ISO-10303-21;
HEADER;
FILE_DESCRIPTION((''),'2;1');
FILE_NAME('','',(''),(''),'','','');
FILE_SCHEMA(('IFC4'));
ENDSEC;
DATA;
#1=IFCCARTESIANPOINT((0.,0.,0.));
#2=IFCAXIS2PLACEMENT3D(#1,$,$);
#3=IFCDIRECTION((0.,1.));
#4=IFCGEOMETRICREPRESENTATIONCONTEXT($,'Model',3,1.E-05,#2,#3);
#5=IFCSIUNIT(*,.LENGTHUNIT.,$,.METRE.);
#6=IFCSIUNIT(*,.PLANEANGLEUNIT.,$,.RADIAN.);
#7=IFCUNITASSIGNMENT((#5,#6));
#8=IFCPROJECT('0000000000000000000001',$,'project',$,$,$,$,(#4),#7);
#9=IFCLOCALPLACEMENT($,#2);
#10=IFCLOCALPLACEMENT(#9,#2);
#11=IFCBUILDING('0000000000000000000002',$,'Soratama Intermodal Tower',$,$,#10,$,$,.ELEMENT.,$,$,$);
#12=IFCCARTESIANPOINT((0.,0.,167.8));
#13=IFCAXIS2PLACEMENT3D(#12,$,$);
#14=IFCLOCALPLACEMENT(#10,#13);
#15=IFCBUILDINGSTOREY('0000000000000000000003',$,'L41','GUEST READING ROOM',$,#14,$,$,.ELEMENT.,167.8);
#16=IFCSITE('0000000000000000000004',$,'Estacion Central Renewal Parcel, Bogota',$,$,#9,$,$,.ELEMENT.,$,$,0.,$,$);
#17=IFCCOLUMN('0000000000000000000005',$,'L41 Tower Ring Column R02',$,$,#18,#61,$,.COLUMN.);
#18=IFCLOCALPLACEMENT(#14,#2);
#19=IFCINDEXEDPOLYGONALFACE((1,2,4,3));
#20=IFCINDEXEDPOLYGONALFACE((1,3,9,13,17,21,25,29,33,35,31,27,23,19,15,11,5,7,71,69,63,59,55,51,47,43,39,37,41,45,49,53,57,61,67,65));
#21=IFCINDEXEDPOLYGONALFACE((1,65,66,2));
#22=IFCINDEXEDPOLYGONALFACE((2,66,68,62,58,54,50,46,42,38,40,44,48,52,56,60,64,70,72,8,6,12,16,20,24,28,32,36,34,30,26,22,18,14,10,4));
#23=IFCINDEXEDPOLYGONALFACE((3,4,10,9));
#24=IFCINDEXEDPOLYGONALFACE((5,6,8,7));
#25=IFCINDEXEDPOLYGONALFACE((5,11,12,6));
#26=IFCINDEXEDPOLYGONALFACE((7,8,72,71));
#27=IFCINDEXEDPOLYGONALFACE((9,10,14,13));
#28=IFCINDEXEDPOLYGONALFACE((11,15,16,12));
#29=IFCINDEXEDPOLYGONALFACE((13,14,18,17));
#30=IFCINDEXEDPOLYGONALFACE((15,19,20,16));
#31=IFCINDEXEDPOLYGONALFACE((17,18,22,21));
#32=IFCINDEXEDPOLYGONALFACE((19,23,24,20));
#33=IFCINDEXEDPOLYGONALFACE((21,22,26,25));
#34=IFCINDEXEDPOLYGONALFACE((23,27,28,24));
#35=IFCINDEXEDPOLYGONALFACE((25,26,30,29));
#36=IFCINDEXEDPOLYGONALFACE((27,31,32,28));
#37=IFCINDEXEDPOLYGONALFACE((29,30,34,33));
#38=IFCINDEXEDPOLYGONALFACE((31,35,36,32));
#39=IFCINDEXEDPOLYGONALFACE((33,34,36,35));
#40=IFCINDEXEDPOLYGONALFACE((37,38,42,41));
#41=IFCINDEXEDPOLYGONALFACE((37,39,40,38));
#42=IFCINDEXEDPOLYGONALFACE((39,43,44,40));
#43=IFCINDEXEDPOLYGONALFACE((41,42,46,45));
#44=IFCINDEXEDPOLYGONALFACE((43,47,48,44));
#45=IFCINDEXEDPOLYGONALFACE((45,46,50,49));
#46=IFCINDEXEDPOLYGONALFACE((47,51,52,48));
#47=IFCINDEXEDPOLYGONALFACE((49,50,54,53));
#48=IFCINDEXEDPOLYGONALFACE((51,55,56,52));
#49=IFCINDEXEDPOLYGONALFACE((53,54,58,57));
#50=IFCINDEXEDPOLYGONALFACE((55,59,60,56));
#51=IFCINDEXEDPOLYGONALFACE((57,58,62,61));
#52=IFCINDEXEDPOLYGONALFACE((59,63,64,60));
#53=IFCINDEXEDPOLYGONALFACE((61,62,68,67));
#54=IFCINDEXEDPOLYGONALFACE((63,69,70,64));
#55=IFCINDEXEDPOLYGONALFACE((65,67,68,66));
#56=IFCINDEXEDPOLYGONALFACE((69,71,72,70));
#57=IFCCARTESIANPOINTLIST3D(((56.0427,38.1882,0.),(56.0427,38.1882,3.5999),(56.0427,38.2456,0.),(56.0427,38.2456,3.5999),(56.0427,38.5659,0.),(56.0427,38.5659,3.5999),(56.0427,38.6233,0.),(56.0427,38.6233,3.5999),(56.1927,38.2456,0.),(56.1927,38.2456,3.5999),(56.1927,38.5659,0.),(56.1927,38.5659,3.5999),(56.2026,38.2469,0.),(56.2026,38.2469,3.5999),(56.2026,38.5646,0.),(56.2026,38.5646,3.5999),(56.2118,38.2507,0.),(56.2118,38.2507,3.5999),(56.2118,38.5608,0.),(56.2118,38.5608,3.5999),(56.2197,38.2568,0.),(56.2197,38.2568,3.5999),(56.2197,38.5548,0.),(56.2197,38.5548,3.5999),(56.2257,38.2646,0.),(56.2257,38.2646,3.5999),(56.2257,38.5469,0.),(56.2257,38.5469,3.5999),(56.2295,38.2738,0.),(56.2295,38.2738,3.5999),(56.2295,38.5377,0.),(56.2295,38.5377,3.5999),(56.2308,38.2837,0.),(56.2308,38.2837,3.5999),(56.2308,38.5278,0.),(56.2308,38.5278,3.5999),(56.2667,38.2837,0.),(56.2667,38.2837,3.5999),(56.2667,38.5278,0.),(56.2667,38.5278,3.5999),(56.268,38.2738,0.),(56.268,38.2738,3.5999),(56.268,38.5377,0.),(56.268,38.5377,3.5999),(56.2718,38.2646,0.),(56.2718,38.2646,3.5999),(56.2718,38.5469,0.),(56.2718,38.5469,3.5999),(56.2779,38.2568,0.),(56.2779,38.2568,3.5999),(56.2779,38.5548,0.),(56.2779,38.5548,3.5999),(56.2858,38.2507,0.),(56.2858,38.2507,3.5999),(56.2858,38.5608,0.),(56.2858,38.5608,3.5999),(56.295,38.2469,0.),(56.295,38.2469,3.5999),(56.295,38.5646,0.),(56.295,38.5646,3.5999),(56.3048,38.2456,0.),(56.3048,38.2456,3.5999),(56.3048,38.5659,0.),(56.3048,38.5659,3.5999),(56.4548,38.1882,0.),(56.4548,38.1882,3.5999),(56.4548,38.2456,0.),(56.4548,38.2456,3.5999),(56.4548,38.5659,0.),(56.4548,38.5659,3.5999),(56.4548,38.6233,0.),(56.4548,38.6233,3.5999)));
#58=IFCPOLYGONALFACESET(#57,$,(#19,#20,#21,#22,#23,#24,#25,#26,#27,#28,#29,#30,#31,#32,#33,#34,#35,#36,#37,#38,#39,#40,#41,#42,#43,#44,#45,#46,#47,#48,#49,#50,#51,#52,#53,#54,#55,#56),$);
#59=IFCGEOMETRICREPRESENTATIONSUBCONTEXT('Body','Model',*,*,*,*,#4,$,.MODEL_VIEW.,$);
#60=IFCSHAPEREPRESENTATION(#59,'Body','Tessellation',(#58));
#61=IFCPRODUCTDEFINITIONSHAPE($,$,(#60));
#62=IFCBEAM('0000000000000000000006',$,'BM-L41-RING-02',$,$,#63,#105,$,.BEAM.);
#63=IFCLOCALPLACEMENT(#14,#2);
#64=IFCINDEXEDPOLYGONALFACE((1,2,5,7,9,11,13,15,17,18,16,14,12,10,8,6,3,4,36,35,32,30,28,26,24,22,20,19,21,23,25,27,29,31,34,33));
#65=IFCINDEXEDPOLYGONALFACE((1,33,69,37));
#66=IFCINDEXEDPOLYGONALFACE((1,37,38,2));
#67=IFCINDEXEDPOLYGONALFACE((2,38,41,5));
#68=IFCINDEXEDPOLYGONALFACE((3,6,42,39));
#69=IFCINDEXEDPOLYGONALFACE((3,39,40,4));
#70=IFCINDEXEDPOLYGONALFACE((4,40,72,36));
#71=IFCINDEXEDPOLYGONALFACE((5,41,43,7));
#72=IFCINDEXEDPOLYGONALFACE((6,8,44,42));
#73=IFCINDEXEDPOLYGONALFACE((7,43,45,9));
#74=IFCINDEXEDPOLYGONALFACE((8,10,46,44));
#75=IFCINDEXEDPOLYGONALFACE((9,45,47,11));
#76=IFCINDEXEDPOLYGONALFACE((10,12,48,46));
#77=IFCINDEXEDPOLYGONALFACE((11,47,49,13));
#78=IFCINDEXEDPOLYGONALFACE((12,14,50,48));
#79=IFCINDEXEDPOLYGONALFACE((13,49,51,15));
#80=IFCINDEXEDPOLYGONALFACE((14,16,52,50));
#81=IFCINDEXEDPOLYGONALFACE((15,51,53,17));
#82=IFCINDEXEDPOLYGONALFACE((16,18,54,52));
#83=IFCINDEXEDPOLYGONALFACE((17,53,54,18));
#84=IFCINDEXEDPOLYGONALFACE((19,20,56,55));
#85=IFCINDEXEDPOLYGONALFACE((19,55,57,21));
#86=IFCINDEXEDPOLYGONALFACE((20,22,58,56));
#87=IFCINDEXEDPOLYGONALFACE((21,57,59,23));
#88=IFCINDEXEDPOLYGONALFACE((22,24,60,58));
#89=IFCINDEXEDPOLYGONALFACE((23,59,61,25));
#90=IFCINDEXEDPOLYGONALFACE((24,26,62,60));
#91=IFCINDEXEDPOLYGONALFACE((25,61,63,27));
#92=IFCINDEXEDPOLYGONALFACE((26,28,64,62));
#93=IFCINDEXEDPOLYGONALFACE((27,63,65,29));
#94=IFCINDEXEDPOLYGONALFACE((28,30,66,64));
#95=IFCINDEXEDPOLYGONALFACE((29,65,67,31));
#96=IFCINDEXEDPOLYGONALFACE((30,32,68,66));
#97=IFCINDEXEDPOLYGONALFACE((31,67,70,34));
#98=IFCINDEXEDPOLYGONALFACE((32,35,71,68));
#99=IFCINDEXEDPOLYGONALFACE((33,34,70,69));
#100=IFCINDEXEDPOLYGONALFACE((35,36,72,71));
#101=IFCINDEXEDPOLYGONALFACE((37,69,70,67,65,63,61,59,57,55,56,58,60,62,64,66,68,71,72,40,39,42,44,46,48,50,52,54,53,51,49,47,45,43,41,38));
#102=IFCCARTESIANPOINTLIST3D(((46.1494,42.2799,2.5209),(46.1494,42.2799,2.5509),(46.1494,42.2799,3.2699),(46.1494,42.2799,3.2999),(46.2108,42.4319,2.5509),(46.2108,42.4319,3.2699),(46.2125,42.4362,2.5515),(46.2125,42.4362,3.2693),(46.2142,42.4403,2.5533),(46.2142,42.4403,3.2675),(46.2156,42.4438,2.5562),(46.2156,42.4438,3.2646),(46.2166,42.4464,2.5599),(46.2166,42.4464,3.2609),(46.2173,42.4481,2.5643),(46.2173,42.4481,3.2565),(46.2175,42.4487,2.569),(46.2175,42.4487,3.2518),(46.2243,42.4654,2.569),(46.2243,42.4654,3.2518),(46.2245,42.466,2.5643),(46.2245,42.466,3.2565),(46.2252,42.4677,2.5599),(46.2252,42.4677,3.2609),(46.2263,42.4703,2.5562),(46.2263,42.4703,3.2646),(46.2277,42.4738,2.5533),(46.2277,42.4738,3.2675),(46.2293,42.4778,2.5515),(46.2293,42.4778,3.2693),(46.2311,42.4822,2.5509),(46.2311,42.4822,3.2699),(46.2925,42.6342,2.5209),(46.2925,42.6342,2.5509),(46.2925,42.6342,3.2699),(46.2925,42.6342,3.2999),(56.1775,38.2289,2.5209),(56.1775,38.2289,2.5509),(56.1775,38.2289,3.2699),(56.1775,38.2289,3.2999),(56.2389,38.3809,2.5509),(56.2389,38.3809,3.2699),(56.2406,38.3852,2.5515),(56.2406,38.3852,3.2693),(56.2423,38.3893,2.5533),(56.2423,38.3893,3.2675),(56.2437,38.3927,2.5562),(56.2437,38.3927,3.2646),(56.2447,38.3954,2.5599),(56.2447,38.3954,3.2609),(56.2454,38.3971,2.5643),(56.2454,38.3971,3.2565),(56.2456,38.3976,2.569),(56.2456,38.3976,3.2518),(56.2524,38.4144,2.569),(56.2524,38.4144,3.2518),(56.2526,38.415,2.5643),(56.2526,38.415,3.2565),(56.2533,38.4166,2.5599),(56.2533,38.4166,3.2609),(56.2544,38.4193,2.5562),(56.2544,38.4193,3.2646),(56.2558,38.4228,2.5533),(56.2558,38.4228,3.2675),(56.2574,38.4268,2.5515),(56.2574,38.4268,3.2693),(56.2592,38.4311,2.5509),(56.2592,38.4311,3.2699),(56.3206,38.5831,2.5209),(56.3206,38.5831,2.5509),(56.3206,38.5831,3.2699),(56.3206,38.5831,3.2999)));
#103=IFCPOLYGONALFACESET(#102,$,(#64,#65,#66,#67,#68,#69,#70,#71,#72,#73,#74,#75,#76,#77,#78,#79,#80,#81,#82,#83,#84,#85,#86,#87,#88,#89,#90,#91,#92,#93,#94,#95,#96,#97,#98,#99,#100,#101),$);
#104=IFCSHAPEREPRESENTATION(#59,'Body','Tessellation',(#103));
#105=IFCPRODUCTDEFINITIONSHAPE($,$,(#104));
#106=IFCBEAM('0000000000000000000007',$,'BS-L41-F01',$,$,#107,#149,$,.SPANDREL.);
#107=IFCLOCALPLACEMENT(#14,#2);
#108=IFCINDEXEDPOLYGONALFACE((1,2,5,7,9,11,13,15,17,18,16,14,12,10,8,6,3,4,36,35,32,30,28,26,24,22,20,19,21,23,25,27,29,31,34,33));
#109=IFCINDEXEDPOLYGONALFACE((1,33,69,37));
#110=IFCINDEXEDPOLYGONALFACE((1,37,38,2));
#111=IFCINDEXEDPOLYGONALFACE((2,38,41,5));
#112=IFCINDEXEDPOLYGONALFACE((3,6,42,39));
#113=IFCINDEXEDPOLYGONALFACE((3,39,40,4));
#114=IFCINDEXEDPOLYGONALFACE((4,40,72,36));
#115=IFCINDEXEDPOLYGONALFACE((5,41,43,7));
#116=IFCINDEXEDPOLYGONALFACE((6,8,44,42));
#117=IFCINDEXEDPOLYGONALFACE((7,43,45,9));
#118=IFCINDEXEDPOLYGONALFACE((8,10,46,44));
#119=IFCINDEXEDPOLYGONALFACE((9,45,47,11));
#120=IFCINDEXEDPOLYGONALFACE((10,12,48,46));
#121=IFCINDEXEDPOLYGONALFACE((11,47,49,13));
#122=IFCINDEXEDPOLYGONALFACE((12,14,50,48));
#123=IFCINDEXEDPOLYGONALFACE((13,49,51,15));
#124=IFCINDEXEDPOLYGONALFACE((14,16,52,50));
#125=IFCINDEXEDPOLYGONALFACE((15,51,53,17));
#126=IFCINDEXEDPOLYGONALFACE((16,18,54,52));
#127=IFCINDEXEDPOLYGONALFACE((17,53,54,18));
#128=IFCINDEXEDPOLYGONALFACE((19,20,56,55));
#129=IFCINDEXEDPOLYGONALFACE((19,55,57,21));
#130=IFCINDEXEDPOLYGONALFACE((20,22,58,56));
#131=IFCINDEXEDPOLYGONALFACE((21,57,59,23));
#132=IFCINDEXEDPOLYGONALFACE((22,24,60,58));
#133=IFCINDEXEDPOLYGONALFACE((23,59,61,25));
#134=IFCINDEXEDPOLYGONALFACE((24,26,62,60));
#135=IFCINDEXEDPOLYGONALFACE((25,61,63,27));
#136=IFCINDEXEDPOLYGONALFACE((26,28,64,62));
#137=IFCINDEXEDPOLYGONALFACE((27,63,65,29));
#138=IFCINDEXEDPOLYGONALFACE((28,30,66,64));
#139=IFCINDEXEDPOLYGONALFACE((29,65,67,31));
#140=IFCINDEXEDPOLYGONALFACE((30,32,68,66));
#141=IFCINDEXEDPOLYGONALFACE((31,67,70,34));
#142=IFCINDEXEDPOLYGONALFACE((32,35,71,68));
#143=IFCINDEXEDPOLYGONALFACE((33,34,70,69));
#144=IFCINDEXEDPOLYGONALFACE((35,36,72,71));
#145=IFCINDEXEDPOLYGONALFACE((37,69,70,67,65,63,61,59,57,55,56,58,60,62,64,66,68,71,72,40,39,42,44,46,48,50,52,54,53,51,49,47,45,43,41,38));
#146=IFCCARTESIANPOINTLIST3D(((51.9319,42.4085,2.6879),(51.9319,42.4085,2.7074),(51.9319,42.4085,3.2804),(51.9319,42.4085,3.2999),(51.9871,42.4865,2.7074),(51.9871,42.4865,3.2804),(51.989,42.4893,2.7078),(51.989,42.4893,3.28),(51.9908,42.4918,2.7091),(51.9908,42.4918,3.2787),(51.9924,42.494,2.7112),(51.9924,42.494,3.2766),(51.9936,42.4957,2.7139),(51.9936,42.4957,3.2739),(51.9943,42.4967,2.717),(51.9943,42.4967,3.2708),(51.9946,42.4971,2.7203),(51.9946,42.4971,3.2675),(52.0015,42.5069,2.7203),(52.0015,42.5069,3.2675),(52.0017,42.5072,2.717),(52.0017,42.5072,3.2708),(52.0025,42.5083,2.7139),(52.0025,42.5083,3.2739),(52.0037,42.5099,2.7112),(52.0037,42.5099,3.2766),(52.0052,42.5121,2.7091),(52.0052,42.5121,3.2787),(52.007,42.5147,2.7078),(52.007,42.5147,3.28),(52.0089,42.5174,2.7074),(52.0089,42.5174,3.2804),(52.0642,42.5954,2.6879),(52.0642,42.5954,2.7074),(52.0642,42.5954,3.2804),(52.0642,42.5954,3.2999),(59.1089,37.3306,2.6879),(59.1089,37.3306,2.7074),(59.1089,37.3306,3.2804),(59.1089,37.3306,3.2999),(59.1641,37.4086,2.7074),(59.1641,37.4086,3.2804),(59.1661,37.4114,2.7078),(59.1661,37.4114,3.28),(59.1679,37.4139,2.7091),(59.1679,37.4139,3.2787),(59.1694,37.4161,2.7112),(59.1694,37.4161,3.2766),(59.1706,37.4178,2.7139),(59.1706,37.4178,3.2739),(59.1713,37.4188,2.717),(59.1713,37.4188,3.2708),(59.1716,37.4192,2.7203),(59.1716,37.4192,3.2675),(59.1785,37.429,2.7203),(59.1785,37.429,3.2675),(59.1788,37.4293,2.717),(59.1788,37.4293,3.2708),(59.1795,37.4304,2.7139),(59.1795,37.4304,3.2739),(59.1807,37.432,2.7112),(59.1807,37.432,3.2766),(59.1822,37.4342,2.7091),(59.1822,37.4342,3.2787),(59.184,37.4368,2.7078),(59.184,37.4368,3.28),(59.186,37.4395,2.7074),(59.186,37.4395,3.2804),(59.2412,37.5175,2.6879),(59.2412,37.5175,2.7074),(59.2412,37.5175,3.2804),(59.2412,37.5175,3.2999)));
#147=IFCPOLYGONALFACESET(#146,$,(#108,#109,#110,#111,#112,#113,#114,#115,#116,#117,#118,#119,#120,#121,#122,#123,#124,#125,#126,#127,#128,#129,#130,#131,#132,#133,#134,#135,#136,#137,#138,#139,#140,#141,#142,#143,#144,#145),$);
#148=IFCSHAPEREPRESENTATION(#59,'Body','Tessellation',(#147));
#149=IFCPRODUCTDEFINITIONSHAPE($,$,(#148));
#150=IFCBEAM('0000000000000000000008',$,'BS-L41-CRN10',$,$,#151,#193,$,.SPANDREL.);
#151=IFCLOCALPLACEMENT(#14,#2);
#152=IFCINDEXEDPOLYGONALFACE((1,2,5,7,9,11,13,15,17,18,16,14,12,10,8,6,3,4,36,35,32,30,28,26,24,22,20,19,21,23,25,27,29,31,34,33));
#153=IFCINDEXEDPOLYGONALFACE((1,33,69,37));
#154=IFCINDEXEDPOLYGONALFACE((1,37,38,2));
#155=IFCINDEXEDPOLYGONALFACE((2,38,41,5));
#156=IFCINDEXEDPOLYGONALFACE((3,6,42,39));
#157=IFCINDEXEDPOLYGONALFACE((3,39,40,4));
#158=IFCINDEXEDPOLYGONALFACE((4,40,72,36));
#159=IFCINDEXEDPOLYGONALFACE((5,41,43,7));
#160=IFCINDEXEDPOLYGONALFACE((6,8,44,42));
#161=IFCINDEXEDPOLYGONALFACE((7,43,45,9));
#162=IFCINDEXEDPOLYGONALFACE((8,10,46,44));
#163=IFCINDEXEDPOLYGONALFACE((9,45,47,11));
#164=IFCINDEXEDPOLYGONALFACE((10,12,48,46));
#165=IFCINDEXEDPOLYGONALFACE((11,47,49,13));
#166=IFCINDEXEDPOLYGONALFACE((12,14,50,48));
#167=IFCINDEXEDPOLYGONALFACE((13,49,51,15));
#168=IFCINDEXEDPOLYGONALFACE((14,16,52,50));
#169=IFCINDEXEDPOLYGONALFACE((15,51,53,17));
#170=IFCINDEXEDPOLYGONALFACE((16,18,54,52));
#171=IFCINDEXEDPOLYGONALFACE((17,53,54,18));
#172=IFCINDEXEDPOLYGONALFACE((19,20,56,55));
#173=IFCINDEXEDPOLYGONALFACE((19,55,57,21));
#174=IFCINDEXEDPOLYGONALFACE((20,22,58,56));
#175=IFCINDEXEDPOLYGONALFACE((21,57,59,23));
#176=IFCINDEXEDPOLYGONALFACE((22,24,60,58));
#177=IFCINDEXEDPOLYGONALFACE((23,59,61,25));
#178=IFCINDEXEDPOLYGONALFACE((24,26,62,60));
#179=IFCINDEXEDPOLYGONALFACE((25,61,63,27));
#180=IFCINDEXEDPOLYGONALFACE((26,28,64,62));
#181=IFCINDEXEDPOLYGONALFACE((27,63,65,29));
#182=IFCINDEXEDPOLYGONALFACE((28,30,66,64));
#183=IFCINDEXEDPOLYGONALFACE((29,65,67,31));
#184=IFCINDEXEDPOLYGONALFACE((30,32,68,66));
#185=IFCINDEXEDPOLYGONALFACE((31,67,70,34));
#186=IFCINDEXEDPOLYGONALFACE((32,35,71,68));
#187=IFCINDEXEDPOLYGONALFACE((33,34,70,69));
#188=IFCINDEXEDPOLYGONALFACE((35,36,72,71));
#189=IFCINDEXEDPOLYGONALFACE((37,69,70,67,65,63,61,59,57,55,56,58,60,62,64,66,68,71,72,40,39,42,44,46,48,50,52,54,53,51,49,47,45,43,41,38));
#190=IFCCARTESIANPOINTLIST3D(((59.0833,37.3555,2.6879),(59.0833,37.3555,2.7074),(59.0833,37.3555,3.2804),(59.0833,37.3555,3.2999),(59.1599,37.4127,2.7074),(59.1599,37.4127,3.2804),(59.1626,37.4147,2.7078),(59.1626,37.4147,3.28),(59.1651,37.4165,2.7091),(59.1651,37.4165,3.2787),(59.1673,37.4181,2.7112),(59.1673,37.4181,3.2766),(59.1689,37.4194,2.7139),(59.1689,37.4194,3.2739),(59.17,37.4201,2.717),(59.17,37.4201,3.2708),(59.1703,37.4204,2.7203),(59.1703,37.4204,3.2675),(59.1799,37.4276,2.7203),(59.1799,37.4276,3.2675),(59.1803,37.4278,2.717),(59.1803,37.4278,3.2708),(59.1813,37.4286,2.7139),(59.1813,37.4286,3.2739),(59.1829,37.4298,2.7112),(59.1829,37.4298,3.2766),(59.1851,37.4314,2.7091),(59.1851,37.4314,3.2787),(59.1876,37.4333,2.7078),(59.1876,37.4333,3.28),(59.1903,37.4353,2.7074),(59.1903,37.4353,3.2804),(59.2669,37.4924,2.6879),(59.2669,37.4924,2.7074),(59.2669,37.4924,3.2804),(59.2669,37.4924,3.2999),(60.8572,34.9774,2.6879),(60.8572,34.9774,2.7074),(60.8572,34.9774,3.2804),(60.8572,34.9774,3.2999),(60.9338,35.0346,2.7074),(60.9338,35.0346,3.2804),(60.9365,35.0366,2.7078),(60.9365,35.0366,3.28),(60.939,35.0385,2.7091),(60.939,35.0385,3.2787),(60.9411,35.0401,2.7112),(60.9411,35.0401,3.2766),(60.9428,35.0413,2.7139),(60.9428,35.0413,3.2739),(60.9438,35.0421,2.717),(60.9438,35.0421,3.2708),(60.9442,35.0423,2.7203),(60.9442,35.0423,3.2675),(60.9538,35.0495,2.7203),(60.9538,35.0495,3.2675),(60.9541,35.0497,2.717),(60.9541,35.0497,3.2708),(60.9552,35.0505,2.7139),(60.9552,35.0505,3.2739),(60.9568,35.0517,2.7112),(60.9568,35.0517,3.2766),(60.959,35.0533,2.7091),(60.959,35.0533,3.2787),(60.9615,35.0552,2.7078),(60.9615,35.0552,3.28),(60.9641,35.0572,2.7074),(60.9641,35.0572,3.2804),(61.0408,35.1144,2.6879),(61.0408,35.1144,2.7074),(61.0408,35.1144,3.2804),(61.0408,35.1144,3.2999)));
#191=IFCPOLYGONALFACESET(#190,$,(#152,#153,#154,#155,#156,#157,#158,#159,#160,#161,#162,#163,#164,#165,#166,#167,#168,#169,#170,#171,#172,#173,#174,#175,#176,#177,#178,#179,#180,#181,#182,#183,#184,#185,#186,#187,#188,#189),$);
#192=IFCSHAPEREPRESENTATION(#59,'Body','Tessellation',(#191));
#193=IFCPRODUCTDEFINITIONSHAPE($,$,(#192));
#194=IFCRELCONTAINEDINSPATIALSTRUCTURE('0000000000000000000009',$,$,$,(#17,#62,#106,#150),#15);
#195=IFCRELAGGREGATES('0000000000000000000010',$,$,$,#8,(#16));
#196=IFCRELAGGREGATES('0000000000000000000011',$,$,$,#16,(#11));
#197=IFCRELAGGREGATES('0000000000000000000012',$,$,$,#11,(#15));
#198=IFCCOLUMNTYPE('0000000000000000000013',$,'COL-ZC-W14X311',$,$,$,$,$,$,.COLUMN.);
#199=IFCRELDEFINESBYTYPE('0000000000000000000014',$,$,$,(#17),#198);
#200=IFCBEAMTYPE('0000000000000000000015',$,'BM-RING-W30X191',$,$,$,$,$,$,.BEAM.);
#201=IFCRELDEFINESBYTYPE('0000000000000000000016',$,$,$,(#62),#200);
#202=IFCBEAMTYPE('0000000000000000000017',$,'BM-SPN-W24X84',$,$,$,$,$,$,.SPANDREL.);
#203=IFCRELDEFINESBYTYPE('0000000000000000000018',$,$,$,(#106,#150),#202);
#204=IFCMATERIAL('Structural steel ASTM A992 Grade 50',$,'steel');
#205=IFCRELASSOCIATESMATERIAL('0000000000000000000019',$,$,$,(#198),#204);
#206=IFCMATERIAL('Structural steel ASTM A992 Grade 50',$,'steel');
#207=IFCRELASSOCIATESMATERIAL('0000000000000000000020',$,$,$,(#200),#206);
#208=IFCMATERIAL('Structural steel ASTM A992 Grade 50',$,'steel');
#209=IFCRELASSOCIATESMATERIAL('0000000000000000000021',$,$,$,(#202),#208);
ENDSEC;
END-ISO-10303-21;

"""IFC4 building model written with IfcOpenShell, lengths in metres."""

from ifc_helpers import new_model, si_unit, direction, frame, origin, origin_2d, place, context, subcontext, project, spatial, i_section, extrude, material, material_profile, profile_set, type_object, element, save


model = new_model("IFC4")

# Units and contexts
model_context = context("Model", 3, precision=1e-05, world=origin(), true_north=direction((0.0, 1.0)))
body_context = subcontext(model_context, "Body", "Model", "MODEL_VIEW")
ifc_project = project(units=[si_unit("LENGTHUNIT", "METRE"), si_unit("PLANEANGLEUNIT", "RADIAN")], contexts=[model_context])

# Site, building, storey
site_placement = place(None, origin())
site = spatial("IfcSite", under=ifc_project, at=site_placement, Name="Estacion Central Renewal Parcel, Bogota", CompositionType="ELEMENT", RefElevation=0.0)
building_placement = place(site_placement, origin())
building = spatial("IfcBuilding", under=site, at=building_placement, Name="Soratama Intermodal Tower", CompositionType="ELEMENT")
storey_placement = place(building_placement, frame((0.0, 0.0, 167.8)))
storey = spatial("IfcBuildingStorey", under=building, at=storey_placement, Name="L41", Description="GUEST READING ROOM", CompositionType="ELEMENT", Elevation=167.8)

# Column
ifc_material_1 = material(Name="Structural steel ASTM A992 Grade 50", Category="steel")
ifc_material_profile_1 = material_profile(ifc_material_1, i_section(OverallWidth=0.4121, OverallDepth=0.4351, WebThickness=0.0359, FlangeThickness=0.0574, FilletRadius=0.0381, at=origin_2d()), Name="W14X311")
ifc_profile_set_1 = profile_set([ifc_material_profile_1], Name="Structural steel ASTM A992 Grade 50")
column_type = type_object("IfcColumnType", Name="COL-ZC-W14X311", PredefinedType="COLUMN", material=ifc_profile_set_1)
column_placement = place(storey_placement, frame((56.2488, 38.4058, 0.0), z_axis=(0.0, 0.0, 1.0), x_axis=(1.0, 0.0, 0.0)))
element("IfcColumn", 1, at=column_placement, inside=storey, type_object=column_type, Name="L41 Tower Ring Column R02", PredefinedType="COLUMN", context=body_context, shape_type="SweptSolid", body=[
    extrude(i_section(OverallWidth=0.4121, OverallDepth=0.4351, WebThickness=0.0359, FlangeThickness=0.0574, FilletRadius=0.0381, at=origin_2d()), origin(), (0.0, 0.0, 1.0), 3.5999),
])

# Beams
ifc_material_2 = material(Name="Structural steel ASTM A992 Grade 50", Category="steel")
ifc_material_profile_2 = material_profile(ifc_material_2, i_section(OverallWidth=0.3821, OverallDepth=0.7791, WebThickness=0.0181, FlangeThickness=0.03, FilletRadius=0.0181, at=origin_2d()), Name="W30X191")
ifc_profile_set_2 = profile_set([ifc_material_profile_2], Name="Structural steel ASTM A992 Grade 50")
beam_type_1 = type_object("IfcBeamType", Name="BM-RING-W30X191", PredefinedType="BEAM", material=ifc_profile_set_2)
beam_1_placement = place(storey_placement, frame((56.249, 38.406, 2.9104), z_axis=(-0.927202, 0.37456, 0.0), x_axis=(-0.37456, -0.927202, 0.0)))
element("IfcBeam", 2, at=beam_1_placement, inside=storey, type_object=beam_type_1, Name="BM-L41-RING-02", PredefinedType="BEAM", context=body_context, shape_type="SweptSolid", body=[
    extrude(i_section(OverallWidth=0.3821, OverallDepth=0.7791, WebThickness=0.0181, FlangeThickness=0.03, FilletRadius=0.0181, at=origin_2d()), origin(), (0.0, 0.0, 1.0), 10.8154),
])
ifc_material_3 = material(Name="Structural steel ASTM A992 Grade 50", Category="steel")
ifc_material_profile_3 = material_profile(ifc_material_3, i_section(OverallWidth=0.229, OverallDepth=0.6121, WebThickness=0.012, FlangeThickness=0.0195, FilletRadius=0.0129, at=origin_2d()), Name="W24X84")
ifc_profile_set_3 = profile_set([ifc_material_profile_3], Name="Structural steel ASTM A992 Grade 50")
beam_type_2 = type_object("IfcBeamType", Name="BM-SPN-W24X84", PredefinedType="SPANDREL", material=ifc_profile_set_3)
beam_2_placement = place(storey_placement, frame((59.175, 37.4241, 2.9939), z_axis=(-0.816337, 0.577576, 0.0), x_axis=(-0.577576, -0.816337, 0.0)))
element("IfcBeam", 3, at=beam_2_placement, inside=storey, type_object=beam_type_2, Name="BS-L41-F01", PredefinedType="SPANDREL", context=body_context, shape_type="SweptSolid", body=[
    extrude(i_section(OverallWidth=0.229, OverallDepth=0.6121, WebThickness=0.012, FlangeThickness=0.0195, FilletRadius=0.0129, at=origin_2d()), origin(), (0.0, 0.0, 1.0), 8.7917),
])
beam_3_placement = place(storey_placement, frame((60.949, 35.0459, 2.9939), z_axis=(-0.597905, 0.801567, 0.0), x_axis=(-0.801567, -0.597905, 0.0)))
element("IfcBeam", 4, at=beam_3_placement, inside=storey, type_object=beam_type_2, Name="BS-L41-CRN10", PredefinedType="SPANDREL", context=body_context, shape_type="SweptSolid", body=[
    extrude(i_section(OverallWidth=0.229, OverallDepth=0.6121, WebThickness=0.012, FlangeThickness=0.0195, FilletRadius=0.0129, at=origin_2d()), origin(), (0.0, 0.0, 1.0), 2.9668),
])

save(model, "model.ifc")
